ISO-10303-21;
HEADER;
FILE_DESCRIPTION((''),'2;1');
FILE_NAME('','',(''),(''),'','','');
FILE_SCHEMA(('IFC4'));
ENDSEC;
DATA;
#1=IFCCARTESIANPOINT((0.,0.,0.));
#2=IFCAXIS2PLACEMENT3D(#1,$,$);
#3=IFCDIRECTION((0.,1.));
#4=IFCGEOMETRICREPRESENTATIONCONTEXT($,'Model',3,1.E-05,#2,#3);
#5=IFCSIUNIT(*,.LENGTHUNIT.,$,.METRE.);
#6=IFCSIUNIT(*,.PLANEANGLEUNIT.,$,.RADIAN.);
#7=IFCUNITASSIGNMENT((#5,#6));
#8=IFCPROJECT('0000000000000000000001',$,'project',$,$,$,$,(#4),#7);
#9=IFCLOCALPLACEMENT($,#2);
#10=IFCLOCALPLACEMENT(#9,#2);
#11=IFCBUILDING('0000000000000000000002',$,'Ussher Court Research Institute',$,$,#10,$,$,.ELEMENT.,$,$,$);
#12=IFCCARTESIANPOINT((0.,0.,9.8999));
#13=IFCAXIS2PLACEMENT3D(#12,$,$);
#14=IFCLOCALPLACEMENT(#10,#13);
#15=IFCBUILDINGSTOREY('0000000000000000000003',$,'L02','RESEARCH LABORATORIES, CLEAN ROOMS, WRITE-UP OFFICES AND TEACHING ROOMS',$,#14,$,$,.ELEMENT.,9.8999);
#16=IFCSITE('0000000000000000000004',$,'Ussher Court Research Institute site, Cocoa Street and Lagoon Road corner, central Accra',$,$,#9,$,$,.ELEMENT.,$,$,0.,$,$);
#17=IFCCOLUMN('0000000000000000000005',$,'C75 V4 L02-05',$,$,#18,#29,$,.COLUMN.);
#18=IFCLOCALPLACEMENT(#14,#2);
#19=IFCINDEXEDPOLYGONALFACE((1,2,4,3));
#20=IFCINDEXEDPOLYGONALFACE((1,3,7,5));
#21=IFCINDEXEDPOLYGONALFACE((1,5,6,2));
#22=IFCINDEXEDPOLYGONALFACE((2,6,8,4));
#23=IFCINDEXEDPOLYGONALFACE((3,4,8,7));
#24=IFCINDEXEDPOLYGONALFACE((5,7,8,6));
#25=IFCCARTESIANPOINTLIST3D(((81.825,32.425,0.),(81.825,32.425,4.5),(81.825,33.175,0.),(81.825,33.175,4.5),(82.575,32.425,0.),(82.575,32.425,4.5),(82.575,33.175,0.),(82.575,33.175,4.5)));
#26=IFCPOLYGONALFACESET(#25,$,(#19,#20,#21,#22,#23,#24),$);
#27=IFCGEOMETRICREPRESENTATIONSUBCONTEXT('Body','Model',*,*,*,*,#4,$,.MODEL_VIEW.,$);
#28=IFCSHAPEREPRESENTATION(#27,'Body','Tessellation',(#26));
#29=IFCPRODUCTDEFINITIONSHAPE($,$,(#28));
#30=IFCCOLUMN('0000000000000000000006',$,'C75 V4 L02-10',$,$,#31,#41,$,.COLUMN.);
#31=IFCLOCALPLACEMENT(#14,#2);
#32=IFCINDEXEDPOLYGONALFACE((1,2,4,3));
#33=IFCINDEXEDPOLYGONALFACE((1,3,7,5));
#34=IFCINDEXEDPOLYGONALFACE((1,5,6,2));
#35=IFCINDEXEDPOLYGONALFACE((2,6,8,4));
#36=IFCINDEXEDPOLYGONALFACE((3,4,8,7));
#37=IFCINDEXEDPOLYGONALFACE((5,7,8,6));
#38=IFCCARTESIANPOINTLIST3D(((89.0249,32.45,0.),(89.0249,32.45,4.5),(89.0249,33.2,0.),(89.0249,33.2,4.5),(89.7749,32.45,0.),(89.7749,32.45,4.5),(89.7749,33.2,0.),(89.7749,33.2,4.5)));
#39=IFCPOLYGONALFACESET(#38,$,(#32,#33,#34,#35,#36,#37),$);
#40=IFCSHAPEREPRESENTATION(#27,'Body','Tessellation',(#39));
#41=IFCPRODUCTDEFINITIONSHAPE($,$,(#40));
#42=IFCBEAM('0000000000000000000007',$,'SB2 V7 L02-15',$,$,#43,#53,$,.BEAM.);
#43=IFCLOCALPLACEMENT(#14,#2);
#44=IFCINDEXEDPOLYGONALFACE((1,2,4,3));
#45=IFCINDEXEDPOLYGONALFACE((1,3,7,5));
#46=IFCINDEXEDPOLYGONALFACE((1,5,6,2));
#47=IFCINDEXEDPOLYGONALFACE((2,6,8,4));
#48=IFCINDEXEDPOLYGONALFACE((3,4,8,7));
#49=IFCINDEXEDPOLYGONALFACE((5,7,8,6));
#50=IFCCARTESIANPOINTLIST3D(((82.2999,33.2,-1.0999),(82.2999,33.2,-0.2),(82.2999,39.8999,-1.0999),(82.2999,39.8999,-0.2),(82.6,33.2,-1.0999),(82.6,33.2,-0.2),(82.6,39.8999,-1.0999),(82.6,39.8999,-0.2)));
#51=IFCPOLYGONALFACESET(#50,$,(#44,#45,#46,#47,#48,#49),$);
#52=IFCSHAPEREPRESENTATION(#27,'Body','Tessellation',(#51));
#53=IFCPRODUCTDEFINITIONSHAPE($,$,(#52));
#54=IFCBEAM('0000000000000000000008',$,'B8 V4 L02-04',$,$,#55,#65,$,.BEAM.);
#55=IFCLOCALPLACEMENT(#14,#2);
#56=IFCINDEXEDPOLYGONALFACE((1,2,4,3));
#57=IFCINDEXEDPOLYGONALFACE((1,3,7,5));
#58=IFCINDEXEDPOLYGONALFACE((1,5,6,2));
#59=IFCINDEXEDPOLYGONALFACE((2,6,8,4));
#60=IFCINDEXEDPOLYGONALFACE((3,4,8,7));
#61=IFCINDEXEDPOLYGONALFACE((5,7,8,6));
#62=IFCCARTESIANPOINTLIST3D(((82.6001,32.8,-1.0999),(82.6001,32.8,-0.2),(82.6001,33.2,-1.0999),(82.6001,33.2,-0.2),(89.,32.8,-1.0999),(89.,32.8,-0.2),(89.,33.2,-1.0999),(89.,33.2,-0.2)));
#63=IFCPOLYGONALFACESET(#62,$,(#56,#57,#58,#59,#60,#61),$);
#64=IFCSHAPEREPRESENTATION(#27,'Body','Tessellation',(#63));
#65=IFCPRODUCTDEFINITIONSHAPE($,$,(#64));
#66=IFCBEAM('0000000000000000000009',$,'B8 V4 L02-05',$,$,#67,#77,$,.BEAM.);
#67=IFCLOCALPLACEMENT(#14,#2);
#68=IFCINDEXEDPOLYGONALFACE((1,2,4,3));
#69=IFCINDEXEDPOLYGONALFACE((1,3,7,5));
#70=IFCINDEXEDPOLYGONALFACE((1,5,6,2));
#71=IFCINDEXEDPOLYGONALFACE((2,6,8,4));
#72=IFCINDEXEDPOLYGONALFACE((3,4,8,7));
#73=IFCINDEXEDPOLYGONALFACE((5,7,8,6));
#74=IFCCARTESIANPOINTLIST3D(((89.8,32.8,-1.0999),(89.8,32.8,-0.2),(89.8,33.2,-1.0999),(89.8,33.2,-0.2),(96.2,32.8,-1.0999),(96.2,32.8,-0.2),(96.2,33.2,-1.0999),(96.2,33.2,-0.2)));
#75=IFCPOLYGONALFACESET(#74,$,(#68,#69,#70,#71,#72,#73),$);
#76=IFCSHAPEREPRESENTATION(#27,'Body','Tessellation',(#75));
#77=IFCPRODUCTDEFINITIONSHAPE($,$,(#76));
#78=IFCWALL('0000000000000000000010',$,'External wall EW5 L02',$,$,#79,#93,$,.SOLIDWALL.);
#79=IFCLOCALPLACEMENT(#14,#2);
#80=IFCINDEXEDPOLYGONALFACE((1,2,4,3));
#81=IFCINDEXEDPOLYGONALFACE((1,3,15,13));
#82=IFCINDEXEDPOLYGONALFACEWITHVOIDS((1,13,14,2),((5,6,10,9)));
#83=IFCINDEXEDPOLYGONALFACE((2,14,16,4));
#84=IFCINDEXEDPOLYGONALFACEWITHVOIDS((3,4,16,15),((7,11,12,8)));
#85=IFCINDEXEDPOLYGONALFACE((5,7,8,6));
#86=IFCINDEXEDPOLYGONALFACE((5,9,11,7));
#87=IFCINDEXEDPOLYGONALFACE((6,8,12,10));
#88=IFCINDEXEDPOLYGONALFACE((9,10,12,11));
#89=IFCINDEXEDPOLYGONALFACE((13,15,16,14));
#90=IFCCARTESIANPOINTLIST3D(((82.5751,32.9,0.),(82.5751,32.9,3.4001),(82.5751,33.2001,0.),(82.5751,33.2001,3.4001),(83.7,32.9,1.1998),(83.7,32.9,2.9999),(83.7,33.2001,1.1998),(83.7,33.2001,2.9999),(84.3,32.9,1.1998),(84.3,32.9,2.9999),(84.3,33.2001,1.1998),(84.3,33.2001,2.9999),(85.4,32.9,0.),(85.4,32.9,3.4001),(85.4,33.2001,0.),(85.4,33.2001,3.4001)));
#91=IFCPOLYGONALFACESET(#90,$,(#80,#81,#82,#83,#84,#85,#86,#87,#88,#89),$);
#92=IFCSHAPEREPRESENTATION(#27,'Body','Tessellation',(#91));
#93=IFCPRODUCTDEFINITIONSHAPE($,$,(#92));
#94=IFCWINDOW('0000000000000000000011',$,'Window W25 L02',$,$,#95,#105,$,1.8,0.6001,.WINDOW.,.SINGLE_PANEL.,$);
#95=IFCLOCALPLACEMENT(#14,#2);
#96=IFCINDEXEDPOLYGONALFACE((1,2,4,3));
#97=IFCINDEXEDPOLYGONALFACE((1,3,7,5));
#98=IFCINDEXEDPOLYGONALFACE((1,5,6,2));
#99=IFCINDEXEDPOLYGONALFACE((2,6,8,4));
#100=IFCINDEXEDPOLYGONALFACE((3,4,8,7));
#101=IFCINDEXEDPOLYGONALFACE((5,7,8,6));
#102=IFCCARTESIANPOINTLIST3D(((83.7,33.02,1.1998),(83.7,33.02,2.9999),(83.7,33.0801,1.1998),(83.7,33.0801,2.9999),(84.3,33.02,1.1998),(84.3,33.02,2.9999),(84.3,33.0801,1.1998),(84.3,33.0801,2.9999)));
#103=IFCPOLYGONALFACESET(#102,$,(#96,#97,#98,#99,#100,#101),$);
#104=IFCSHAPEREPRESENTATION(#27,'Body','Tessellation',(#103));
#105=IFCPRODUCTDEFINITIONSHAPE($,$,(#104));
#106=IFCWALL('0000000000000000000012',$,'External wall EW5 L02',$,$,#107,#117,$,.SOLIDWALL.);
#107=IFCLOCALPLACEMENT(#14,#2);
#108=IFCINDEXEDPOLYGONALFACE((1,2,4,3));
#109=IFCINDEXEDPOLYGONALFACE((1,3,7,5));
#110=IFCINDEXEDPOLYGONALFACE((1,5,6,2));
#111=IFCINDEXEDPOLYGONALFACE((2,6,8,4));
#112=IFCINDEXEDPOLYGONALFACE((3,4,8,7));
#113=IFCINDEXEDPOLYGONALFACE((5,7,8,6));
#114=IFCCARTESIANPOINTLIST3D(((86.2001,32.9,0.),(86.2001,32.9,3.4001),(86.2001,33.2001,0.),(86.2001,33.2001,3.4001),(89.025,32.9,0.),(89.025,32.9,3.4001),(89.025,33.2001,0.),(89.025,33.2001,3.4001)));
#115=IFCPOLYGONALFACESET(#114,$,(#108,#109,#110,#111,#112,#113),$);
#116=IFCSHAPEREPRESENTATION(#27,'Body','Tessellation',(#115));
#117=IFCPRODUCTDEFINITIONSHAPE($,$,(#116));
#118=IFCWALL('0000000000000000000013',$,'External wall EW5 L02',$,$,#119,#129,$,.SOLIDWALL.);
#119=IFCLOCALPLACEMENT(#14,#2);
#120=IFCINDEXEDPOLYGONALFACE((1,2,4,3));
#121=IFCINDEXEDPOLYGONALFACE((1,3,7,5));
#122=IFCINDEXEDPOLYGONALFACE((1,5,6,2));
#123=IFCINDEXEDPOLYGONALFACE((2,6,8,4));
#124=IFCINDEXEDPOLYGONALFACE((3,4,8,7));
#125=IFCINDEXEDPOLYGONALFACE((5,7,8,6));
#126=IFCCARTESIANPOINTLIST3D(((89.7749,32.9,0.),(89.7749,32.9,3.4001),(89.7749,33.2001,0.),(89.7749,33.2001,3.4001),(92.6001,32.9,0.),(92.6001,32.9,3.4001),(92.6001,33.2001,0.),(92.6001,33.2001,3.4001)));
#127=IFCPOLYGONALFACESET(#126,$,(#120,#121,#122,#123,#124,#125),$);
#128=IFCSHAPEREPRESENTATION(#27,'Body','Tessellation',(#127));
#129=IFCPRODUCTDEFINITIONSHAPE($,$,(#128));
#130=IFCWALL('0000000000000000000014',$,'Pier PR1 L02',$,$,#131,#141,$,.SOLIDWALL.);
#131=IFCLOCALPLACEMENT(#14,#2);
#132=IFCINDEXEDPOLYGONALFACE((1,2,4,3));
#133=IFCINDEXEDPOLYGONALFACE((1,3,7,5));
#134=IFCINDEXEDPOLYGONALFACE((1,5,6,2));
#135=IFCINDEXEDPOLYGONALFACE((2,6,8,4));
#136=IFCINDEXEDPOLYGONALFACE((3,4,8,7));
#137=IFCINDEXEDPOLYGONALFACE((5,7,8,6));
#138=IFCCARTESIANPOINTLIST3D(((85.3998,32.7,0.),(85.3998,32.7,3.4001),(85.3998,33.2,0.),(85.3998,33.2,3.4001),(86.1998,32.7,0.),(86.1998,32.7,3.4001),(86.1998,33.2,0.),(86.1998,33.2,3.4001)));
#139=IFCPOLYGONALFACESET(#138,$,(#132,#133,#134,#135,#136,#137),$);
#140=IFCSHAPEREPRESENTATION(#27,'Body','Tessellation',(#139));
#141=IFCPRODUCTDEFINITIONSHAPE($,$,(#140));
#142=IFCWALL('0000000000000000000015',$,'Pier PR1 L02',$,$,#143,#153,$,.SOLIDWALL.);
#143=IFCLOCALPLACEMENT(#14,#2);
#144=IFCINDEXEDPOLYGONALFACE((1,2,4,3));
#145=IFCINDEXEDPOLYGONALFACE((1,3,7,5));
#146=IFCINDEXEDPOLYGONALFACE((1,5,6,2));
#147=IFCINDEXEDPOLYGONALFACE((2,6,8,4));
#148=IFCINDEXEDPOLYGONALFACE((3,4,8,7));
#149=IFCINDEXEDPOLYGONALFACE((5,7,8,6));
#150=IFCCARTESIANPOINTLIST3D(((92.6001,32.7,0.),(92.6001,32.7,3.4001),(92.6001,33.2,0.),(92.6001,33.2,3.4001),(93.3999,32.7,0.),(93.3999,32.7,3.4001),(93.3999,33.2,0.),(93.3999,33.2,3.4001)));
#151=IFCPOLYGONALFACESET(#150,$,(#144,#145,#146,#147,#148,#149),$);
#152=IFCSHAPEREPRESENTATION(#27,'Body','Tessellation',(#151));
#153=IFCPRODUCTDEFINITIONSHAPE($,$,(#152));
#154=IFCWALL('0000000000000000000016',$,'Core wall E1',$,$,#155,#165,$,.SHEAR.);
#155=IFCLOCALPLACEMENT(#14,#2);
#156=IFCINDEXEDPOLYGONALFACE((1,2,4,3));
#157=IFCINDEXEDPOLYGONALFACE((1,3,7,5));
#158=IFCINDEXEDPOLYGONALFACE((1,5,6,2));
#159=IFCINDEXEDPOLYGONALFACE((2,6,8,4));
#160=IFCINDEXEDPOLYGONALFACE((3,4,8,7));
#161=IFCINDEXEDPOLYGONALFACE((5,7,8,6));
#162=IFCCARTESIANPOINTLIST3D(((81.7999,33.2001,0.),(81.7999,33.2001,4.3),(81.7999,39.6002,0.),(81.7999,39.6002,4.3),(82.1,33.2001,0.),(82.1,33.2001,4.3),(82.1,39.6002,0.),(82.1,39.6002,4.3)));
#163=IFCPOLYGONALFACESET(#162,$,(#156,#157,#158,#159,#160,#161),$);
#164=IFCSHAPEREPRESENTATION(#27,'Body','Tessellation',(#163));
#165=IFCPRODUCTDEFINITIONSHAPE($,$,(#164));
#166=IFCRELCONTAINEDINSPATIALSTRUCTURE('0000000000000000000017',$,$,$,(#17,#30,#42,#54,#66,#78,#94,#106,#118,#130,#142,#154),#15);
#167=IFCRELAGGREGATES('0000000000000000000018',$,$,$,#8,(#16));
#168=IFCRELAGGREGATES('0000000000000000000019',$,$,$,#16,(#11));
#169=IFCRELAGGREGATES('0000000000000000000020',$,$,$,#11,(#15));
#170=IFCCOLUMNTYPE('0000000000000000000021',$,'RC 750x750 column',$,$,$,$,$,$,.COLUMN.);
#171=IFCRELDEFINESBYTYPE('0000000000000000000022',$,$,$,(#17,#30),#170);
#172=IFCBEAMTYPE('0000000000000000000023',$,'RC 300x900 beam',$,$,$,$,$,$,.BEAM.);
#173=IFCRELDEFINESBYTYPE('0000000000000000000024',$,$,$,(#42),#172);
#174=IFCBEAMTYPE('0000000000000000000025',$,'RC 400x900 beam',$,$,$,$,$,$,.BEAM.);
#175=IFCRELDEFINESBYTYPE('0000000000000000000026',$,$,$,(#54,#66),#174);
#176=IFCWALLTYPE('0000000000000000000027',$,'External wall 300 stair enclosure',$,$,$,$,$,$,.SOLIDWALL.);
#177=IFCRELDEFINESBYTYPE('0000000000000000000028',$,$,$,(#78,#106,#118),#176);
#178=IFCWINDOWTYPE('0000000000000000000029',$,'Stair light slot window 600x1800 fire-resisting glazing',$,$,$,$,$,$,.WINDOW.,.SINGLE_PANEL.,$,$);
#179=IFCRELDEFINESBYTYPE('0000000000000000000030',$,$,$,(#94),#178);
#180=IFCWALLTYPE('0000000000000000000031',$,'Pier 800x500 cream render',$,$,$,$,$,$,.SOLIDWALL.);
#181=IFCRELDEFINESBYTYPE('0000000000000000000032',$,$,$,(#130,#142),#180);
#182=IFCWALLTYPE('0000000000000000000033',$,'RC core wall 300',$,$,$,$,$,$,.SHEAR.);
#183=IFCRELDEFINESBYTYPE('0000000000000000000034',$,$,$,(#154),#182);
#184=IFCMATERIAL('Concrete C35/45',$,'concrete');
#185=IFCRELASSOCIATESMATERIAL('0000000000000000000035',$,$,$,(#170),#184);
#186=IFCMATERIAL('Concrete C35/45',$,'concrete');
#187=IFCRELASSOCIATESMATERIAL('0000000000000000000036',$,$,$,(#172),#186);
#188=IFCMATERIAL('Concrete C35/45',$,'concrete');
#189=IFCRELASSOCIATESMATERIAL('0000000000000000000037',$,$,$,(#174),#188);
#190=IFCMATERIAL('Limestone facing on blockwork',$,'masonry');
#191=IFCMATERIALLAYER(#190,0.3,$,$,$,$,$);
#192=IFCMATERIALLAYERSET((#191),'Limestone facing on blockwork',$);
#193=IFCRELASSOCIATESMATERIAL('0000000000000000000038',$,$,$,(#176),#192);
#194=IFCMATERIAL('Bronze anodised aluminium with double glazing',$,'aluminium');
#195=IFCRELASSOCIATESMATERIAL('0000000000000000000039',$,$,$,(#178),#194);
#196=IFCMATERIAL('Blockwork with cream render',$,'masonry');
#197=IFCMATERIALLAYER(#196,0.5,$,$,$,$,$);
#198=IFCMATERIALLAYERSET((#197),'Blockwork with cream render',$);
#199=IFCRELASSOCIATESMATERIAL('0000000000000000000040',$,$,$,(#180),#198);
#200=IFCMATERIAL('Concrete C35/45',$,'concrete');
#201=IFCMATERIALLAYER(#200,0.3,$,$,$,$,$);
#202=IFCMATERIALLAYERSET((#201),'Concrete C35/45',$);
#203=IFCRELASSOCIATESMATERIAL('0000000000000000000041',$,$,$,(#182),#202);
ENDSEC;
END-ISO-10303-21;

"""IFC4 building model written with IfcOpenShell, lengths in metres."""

from ifc_helpers import new_model, si_unit, direction, frame, frame_2d, origin, origin_2d, place, context, subcontext, project, spatial, rectangle, extrude, material, layer, layer_set, material_profile, profile_set, type_object, element, fill, save


model = new_model("IFC4")

# Units and contexts
model_context = context("Model", 3, precision=1e-05, world=origin(), true_north=direction((0.0, 1.0)))
body_context = subcontext(model_context, "Body", "Model", "MODEL_VIEW")
ifc_project = project(units=[si_unit("LENGTHUNIT", "METRE"), si_unit("PLANEANGLEUNIT", "RADIAN")], contexts=[model_context])

# Site, building, storey
site_placement = place(None, origin())
site = spatial("IfcSite", under=ifc_project, at=site_placement, Name="Ussher Court Research Institute site, Cocoa Street and Lagoon Road corner, central Accra", CompositionType="ELEMENT", RefElevation=0.0)
building_placement = place(site_placement, origin())
building = spatial("IfcBuilding", under=site, at=building_placement, Name="Ussher Court Research Institute", CompositionType="ELEMENT")
storey_placement = place(building_placement, frame((0.0, 0.0, 9.8999)))
storey = spatial("IfcBuildingStorey", under=building, at=storey_placement, Name="L02", Description="RESEARCH LABORATORIES, CLEAN ROOMS, WRITE-UP OFFICES AND TEACHING ROOMS", CompositionType="ELEMENT", Elevation=9.8999)

# Columns
ifc_material_1 = material(Name="Concrete C35/45", Category="concrete")
ifc_material_profile_1 = material_profile(ifc_material_1, rectangle(XDim=0.75, YDim=0.75, at=origin_2d()), Name="RC 750x750")
ifc_profile_set_1 = profile_set([ifc_material_profile_1], Name="Concrete C35/45")
column_type = type_object("IfcColumnType", Name="RC 750x750 column", PredefinedType="COLUMN", material=ifc_profile_set_1)
for number, where, z_axis, x_axis, name in (
    (1, (82.2, 32.8, 0.0), (0.0, 0.0, 1.0), (1.0, 0.0, 0.0), "C75 V4 L02-05"),
    (2, (89.3999, 32.825, 0.0), (0.0, 0.0, 1.0), (1.0, 0.0, 0.0), "C75 V4 L02-10"),
):
    element("IfcColumn", number, at=place(storey_placement, frame(where, z_axis=z_axis, x_axis=x_axis)), inside=storey, type_object=column_type, Name=name, PredefinedType="COLUMN", context=body_context, shape_type="SweptSolid", body=[
        extrude(rectangle(XDim=0.75, YDim=0.75, at=origin_2d()), origin(), (0.0, 0.0, 1.0), 4.5),
    ])

# Beams
ifc_material_2 = material(Name="Concrete C35/45", Category="concrete")
ifc_material_profile_2 = material_profile(ifc_material_2, rectangle(XDim=0.3, YDim=0.8999, at=origin_2d()), Name="RC 300x900")
ifc_profile_set_2 = profile_set([ifc_material_profile_2], Name="Concrete C35/45")
beam_type_1 = type_object("IfcBeamType", Name="RC 300x900 beam", PredefinedType="BEAM", material=ifc_profile_set_2)
beam_placement = place(storey_placement, frame((82.45, 33.2, -0.6499), z_axis=(0.0, 1.0, 0.0), x_axis=(-1.0, 0.0, 0.0)))
element("IfcBeam", 3, at=beam_placement, inside=storey, type_object=beam_type_1, Name="SB2 V7 L02-15", PredefinedType="BEAM", context=body_context, shape_type="SweptSolid", body=[
    extrude(rectangle(XDim=0.3, YDim=0.8999, at=origin_2d()), origin(), (0.0, 0.0, 1.0), 6.7),
])
ifc_material_3 = material(Name="Concrete C35/45", Category="concrete")
ifc_material_profile_3 = material_profile(ifc_material_3, rectangle(XDim=0.3999, YDim=0.8999, at=origin_2d()), Name="RC 400x900")
ifc_profile_set_3 = profile_set([ifc_material_profile_3], Name="Concrete C35/45")
beam_type_2 = type_object("IfcBeamType", Name="RC 400x900 beam", PredefinedType="BEAM", material=ifc_profile_set_3)
for number, where, z_axis, x_axis, name in (
    (4, (82.6001, 33.0, -0.6499), (1.0, 0.0, 0.0), (0.0, 1.0, 0.0), "B8 V4 L02-04"),
    (5, (89.8, 33.0, -0.6499), (1.0, 0.0, 0.0), (0.0, 1.0, 0.0), "B8 V4 L02-05"),
):
    element("IfcBeam", number, at=place(storey_placement, frame(where, z_axis=z_axis, x_axis=x_axis)), inside=storey, type_object=beam_type_2, Name=name, PredefinedType="BEAM", context=body_context, shape_type="SweptSolid", body=[
        extrude(rectangle(XDim=0.3999, YDim=0.8999, at=origin_2d()), origin(), (0.0, 0.0, 1.0), 6.3999),
    ])

# Wall, opening, window
ifc_material_4 = material(Name="Limestone facing on blockwork", Category="masonry")
ifc_layer_1 = layer(ifc_material_4, 0.3)
ifc_layer_set_1 = layer_set([ifc_layer_1], Name="Limestone facing on blockwork")
wall_type_1 = type_object("IfcWallType", Name="External wall 300 stair enclosure", PredefinedType="SOLIDWALL", material=ifc_layer_set_1)
wall_1_placement = place(storey_placement, frame((82.575, 33.05, 0.0), z_axis=(0.0, 0.0, 1.0), x_axis=(1.0, 0.0, 0.0)))
wall_1 = element("IfcWall", 6, at=wall_1_placement, inside=storey, type_object=wall_type_1, Name="External wall EW5 L02", PredefinedType="SOLIDWALL", context=body_context, shape_type="SweptSolid", body=[
    extrude(rectangle(XDim=2.825, YDim=0.3, at=frame_2d((1.4126, 0.0))), origin(), (0.0, 0.0, 1.0), 3.4001),
])
opening_1_placement = place(wall_1_placement, frame((1.125, 0.0, 1.2)))
opening_1 = element("IfcOpeningElement", 7, at=opening_1_placement, cuts=wall_1, PredefinedType="OPENING", context=body_context, shape_type="SweptSolid", body=[
    extrude(rectangle(XDim=0.6001, YDim=1.8, at=frame_2d((0.3, 0.8999))), frame((0.0, 0.1602, 0.0), z_axis=(0.0, -1.0, 0.0), x_axis=(1.0, 0.0, 0.0)), (0.0, 0.0, 1.0), 0.3201),
])
ifc_material_5 = material(Name="Bronze anodised aluminium with double glazing", Category="aluminium")
window_type = type_object("IfcWindowType", Name="Stair light slot window 600x1800 fire-resisting glazing", PartitioningType="SINGLE_PANEL", PredefinedType="WINDOW", material=ifc_material_5)
window_1_placement = place(opening_1_placement, origin())
window_1 = element("IfcWindow", 8, at=window_1_placement, inside=storey, type_object=window_type, Name="Window W25 L02", OverallHeight=1.8, OverallWidth=0.6001, PartitioningType="SINGLE_PANEL", PredefinedType="WINDOW", context=body_context, shape_type="SweptSolid", body=[
    extrude(rectangle(XDim=0.6001, YDim=1.8, at=frame_2d((0.3, 0.8999))), frame((0.0, 0.03, 0.0), z_axis=(0.0, -1.0, 0.0), x_axis=(1.0, 0.0, 0.0)), (0.0, 0.0, 1.0), 0.0601),
])
fill(opening_1, window_1)

# Walls
wall_2_placement = place(storey_placement, frame((86.2, 33.05, 0.0), z_axis=(0.0, 0.0, 1.0), x_axis=(1.0, 0.0, 0.0)))
element("IfcWall", 9, at=wall_2_placement, inside=storey, type_object=wall_type_1, Name="External wall EW5 L02", PredefinedType="SOLIDWALL", context=body_context, shape_type="SweptSolid", body=[
    extrude(rectangle(XDim=2.825, YDim=0.3, at=frame_2d((1.4126, 0.0))), origin(), (0.0, 0.0, 1.0), 3.4001),
])
wall_3_placement = place(storey_placement, frame((89.7749, 33.05, 0.0), z_axis=(0.0, 0.0, 1.0), x_axis=(1.0, 0.0, 0.0)))
element("IfcWall", 10, at=wall_3_placement, inside=storey, type_object=wall_type_1, Name="External wall EW5 L02", PredefinedType="SOLIDWALL", context=body_context, shape_type="SweptSolid", body=[
    extrude(rectangle(XDim=2.8252, YDim=0.3, at=frame_2d((1.4126, 0.0))), origin(), (0.0, 0.0, 1.0), 3.4001),
])
ifc_material_6 = material(Name="Blockwork with cream render", Category="masonry")
ifc_layer_2 = layer(ifc_material_6, 0.5)
ifc_layer_set_2 = layer_set([ifc_layer_2], Name="Blockwork with cream render")
wall_type_2 = type_object("IfcWallType", Name="Pier 800x500 cream render", PredefinedType="SOLIDWALL", material=ifc_layer_set_2)
wall_4_placement = place(storey_placement, frame((85.3999, 32.95, 0.0), z_axis=(0.0, 0.0, 1.0), x_axis=(1.0, 0.0, 0.0)))
element("IfcWall", 11, at=wall_4_placement, inside=storey, type_object=wall_type_2, Name="Pier PR1 L02", PredefinedType="SOLIDWALL", context=body_context, shape_type="SweptSolid", body=[
    extrude(rectangle(XDim=0.8, YDim=0.5, at=frame_2d((0.3999, 0.0))), origin(), (0.0, 0.0, 1.0), 3.4001),
])
wall_5_placement = place(storey_placement, frame((92.6001, 32.95, 0.0), z_axis=(0.0, 0.0, 1.0), x_axis=(1.0, 0.0, 0.0)))
element("IfcWall", 12, at=wall_5_placement, inside=storey, type_object=wall_type_2, Name="Pier PR1 L02", PredefinedType="SOLIDWALL", context=body_context, shape_type="SweptSolid", body=[
    extrude(rectangle(XDim=0.7998, YDim=0.5, at=frame_2d((0.3999, 0.0))), origin(), (0.0, 0.0, 1.0), 3.4001),
])
ifc_material_7 = material(Name="Concrete C35/45", Category="concrete")
ifc_layer_3 = layer(ifc_material_7, 0.3)
ifc_layer_set_3 = layer_set([ifc_layer_3], Name="Concrete C35/45")
wall_type_3 = type_object("IfcWallType", Name="RC core wall 300", PredefinedType="SHEAR", material=ifc_layer_set_3)
wall_6_placement = place(storey_placement, frame((81.95, 33.2, 0.0), z_axis=(0.0, 0.0, 1.0), x_axis=(0.0, 1.0, 0.0)))
element("IfcWall", 13, at=wall_6_placement, inside=storey, type_object=wall_type_3, Name="Core wall E1", PredefinedType="SHEAR", context=body_context, shape_type="SweptSolid", body=[
    extrude(rectangle(XDim=6.4001, YDim=0.3, at=frame_2d((3.2002, 0.0))), origin(), (0.0, 0.0, 1.0), 4.3),
])

save(model, "model.ifc")
